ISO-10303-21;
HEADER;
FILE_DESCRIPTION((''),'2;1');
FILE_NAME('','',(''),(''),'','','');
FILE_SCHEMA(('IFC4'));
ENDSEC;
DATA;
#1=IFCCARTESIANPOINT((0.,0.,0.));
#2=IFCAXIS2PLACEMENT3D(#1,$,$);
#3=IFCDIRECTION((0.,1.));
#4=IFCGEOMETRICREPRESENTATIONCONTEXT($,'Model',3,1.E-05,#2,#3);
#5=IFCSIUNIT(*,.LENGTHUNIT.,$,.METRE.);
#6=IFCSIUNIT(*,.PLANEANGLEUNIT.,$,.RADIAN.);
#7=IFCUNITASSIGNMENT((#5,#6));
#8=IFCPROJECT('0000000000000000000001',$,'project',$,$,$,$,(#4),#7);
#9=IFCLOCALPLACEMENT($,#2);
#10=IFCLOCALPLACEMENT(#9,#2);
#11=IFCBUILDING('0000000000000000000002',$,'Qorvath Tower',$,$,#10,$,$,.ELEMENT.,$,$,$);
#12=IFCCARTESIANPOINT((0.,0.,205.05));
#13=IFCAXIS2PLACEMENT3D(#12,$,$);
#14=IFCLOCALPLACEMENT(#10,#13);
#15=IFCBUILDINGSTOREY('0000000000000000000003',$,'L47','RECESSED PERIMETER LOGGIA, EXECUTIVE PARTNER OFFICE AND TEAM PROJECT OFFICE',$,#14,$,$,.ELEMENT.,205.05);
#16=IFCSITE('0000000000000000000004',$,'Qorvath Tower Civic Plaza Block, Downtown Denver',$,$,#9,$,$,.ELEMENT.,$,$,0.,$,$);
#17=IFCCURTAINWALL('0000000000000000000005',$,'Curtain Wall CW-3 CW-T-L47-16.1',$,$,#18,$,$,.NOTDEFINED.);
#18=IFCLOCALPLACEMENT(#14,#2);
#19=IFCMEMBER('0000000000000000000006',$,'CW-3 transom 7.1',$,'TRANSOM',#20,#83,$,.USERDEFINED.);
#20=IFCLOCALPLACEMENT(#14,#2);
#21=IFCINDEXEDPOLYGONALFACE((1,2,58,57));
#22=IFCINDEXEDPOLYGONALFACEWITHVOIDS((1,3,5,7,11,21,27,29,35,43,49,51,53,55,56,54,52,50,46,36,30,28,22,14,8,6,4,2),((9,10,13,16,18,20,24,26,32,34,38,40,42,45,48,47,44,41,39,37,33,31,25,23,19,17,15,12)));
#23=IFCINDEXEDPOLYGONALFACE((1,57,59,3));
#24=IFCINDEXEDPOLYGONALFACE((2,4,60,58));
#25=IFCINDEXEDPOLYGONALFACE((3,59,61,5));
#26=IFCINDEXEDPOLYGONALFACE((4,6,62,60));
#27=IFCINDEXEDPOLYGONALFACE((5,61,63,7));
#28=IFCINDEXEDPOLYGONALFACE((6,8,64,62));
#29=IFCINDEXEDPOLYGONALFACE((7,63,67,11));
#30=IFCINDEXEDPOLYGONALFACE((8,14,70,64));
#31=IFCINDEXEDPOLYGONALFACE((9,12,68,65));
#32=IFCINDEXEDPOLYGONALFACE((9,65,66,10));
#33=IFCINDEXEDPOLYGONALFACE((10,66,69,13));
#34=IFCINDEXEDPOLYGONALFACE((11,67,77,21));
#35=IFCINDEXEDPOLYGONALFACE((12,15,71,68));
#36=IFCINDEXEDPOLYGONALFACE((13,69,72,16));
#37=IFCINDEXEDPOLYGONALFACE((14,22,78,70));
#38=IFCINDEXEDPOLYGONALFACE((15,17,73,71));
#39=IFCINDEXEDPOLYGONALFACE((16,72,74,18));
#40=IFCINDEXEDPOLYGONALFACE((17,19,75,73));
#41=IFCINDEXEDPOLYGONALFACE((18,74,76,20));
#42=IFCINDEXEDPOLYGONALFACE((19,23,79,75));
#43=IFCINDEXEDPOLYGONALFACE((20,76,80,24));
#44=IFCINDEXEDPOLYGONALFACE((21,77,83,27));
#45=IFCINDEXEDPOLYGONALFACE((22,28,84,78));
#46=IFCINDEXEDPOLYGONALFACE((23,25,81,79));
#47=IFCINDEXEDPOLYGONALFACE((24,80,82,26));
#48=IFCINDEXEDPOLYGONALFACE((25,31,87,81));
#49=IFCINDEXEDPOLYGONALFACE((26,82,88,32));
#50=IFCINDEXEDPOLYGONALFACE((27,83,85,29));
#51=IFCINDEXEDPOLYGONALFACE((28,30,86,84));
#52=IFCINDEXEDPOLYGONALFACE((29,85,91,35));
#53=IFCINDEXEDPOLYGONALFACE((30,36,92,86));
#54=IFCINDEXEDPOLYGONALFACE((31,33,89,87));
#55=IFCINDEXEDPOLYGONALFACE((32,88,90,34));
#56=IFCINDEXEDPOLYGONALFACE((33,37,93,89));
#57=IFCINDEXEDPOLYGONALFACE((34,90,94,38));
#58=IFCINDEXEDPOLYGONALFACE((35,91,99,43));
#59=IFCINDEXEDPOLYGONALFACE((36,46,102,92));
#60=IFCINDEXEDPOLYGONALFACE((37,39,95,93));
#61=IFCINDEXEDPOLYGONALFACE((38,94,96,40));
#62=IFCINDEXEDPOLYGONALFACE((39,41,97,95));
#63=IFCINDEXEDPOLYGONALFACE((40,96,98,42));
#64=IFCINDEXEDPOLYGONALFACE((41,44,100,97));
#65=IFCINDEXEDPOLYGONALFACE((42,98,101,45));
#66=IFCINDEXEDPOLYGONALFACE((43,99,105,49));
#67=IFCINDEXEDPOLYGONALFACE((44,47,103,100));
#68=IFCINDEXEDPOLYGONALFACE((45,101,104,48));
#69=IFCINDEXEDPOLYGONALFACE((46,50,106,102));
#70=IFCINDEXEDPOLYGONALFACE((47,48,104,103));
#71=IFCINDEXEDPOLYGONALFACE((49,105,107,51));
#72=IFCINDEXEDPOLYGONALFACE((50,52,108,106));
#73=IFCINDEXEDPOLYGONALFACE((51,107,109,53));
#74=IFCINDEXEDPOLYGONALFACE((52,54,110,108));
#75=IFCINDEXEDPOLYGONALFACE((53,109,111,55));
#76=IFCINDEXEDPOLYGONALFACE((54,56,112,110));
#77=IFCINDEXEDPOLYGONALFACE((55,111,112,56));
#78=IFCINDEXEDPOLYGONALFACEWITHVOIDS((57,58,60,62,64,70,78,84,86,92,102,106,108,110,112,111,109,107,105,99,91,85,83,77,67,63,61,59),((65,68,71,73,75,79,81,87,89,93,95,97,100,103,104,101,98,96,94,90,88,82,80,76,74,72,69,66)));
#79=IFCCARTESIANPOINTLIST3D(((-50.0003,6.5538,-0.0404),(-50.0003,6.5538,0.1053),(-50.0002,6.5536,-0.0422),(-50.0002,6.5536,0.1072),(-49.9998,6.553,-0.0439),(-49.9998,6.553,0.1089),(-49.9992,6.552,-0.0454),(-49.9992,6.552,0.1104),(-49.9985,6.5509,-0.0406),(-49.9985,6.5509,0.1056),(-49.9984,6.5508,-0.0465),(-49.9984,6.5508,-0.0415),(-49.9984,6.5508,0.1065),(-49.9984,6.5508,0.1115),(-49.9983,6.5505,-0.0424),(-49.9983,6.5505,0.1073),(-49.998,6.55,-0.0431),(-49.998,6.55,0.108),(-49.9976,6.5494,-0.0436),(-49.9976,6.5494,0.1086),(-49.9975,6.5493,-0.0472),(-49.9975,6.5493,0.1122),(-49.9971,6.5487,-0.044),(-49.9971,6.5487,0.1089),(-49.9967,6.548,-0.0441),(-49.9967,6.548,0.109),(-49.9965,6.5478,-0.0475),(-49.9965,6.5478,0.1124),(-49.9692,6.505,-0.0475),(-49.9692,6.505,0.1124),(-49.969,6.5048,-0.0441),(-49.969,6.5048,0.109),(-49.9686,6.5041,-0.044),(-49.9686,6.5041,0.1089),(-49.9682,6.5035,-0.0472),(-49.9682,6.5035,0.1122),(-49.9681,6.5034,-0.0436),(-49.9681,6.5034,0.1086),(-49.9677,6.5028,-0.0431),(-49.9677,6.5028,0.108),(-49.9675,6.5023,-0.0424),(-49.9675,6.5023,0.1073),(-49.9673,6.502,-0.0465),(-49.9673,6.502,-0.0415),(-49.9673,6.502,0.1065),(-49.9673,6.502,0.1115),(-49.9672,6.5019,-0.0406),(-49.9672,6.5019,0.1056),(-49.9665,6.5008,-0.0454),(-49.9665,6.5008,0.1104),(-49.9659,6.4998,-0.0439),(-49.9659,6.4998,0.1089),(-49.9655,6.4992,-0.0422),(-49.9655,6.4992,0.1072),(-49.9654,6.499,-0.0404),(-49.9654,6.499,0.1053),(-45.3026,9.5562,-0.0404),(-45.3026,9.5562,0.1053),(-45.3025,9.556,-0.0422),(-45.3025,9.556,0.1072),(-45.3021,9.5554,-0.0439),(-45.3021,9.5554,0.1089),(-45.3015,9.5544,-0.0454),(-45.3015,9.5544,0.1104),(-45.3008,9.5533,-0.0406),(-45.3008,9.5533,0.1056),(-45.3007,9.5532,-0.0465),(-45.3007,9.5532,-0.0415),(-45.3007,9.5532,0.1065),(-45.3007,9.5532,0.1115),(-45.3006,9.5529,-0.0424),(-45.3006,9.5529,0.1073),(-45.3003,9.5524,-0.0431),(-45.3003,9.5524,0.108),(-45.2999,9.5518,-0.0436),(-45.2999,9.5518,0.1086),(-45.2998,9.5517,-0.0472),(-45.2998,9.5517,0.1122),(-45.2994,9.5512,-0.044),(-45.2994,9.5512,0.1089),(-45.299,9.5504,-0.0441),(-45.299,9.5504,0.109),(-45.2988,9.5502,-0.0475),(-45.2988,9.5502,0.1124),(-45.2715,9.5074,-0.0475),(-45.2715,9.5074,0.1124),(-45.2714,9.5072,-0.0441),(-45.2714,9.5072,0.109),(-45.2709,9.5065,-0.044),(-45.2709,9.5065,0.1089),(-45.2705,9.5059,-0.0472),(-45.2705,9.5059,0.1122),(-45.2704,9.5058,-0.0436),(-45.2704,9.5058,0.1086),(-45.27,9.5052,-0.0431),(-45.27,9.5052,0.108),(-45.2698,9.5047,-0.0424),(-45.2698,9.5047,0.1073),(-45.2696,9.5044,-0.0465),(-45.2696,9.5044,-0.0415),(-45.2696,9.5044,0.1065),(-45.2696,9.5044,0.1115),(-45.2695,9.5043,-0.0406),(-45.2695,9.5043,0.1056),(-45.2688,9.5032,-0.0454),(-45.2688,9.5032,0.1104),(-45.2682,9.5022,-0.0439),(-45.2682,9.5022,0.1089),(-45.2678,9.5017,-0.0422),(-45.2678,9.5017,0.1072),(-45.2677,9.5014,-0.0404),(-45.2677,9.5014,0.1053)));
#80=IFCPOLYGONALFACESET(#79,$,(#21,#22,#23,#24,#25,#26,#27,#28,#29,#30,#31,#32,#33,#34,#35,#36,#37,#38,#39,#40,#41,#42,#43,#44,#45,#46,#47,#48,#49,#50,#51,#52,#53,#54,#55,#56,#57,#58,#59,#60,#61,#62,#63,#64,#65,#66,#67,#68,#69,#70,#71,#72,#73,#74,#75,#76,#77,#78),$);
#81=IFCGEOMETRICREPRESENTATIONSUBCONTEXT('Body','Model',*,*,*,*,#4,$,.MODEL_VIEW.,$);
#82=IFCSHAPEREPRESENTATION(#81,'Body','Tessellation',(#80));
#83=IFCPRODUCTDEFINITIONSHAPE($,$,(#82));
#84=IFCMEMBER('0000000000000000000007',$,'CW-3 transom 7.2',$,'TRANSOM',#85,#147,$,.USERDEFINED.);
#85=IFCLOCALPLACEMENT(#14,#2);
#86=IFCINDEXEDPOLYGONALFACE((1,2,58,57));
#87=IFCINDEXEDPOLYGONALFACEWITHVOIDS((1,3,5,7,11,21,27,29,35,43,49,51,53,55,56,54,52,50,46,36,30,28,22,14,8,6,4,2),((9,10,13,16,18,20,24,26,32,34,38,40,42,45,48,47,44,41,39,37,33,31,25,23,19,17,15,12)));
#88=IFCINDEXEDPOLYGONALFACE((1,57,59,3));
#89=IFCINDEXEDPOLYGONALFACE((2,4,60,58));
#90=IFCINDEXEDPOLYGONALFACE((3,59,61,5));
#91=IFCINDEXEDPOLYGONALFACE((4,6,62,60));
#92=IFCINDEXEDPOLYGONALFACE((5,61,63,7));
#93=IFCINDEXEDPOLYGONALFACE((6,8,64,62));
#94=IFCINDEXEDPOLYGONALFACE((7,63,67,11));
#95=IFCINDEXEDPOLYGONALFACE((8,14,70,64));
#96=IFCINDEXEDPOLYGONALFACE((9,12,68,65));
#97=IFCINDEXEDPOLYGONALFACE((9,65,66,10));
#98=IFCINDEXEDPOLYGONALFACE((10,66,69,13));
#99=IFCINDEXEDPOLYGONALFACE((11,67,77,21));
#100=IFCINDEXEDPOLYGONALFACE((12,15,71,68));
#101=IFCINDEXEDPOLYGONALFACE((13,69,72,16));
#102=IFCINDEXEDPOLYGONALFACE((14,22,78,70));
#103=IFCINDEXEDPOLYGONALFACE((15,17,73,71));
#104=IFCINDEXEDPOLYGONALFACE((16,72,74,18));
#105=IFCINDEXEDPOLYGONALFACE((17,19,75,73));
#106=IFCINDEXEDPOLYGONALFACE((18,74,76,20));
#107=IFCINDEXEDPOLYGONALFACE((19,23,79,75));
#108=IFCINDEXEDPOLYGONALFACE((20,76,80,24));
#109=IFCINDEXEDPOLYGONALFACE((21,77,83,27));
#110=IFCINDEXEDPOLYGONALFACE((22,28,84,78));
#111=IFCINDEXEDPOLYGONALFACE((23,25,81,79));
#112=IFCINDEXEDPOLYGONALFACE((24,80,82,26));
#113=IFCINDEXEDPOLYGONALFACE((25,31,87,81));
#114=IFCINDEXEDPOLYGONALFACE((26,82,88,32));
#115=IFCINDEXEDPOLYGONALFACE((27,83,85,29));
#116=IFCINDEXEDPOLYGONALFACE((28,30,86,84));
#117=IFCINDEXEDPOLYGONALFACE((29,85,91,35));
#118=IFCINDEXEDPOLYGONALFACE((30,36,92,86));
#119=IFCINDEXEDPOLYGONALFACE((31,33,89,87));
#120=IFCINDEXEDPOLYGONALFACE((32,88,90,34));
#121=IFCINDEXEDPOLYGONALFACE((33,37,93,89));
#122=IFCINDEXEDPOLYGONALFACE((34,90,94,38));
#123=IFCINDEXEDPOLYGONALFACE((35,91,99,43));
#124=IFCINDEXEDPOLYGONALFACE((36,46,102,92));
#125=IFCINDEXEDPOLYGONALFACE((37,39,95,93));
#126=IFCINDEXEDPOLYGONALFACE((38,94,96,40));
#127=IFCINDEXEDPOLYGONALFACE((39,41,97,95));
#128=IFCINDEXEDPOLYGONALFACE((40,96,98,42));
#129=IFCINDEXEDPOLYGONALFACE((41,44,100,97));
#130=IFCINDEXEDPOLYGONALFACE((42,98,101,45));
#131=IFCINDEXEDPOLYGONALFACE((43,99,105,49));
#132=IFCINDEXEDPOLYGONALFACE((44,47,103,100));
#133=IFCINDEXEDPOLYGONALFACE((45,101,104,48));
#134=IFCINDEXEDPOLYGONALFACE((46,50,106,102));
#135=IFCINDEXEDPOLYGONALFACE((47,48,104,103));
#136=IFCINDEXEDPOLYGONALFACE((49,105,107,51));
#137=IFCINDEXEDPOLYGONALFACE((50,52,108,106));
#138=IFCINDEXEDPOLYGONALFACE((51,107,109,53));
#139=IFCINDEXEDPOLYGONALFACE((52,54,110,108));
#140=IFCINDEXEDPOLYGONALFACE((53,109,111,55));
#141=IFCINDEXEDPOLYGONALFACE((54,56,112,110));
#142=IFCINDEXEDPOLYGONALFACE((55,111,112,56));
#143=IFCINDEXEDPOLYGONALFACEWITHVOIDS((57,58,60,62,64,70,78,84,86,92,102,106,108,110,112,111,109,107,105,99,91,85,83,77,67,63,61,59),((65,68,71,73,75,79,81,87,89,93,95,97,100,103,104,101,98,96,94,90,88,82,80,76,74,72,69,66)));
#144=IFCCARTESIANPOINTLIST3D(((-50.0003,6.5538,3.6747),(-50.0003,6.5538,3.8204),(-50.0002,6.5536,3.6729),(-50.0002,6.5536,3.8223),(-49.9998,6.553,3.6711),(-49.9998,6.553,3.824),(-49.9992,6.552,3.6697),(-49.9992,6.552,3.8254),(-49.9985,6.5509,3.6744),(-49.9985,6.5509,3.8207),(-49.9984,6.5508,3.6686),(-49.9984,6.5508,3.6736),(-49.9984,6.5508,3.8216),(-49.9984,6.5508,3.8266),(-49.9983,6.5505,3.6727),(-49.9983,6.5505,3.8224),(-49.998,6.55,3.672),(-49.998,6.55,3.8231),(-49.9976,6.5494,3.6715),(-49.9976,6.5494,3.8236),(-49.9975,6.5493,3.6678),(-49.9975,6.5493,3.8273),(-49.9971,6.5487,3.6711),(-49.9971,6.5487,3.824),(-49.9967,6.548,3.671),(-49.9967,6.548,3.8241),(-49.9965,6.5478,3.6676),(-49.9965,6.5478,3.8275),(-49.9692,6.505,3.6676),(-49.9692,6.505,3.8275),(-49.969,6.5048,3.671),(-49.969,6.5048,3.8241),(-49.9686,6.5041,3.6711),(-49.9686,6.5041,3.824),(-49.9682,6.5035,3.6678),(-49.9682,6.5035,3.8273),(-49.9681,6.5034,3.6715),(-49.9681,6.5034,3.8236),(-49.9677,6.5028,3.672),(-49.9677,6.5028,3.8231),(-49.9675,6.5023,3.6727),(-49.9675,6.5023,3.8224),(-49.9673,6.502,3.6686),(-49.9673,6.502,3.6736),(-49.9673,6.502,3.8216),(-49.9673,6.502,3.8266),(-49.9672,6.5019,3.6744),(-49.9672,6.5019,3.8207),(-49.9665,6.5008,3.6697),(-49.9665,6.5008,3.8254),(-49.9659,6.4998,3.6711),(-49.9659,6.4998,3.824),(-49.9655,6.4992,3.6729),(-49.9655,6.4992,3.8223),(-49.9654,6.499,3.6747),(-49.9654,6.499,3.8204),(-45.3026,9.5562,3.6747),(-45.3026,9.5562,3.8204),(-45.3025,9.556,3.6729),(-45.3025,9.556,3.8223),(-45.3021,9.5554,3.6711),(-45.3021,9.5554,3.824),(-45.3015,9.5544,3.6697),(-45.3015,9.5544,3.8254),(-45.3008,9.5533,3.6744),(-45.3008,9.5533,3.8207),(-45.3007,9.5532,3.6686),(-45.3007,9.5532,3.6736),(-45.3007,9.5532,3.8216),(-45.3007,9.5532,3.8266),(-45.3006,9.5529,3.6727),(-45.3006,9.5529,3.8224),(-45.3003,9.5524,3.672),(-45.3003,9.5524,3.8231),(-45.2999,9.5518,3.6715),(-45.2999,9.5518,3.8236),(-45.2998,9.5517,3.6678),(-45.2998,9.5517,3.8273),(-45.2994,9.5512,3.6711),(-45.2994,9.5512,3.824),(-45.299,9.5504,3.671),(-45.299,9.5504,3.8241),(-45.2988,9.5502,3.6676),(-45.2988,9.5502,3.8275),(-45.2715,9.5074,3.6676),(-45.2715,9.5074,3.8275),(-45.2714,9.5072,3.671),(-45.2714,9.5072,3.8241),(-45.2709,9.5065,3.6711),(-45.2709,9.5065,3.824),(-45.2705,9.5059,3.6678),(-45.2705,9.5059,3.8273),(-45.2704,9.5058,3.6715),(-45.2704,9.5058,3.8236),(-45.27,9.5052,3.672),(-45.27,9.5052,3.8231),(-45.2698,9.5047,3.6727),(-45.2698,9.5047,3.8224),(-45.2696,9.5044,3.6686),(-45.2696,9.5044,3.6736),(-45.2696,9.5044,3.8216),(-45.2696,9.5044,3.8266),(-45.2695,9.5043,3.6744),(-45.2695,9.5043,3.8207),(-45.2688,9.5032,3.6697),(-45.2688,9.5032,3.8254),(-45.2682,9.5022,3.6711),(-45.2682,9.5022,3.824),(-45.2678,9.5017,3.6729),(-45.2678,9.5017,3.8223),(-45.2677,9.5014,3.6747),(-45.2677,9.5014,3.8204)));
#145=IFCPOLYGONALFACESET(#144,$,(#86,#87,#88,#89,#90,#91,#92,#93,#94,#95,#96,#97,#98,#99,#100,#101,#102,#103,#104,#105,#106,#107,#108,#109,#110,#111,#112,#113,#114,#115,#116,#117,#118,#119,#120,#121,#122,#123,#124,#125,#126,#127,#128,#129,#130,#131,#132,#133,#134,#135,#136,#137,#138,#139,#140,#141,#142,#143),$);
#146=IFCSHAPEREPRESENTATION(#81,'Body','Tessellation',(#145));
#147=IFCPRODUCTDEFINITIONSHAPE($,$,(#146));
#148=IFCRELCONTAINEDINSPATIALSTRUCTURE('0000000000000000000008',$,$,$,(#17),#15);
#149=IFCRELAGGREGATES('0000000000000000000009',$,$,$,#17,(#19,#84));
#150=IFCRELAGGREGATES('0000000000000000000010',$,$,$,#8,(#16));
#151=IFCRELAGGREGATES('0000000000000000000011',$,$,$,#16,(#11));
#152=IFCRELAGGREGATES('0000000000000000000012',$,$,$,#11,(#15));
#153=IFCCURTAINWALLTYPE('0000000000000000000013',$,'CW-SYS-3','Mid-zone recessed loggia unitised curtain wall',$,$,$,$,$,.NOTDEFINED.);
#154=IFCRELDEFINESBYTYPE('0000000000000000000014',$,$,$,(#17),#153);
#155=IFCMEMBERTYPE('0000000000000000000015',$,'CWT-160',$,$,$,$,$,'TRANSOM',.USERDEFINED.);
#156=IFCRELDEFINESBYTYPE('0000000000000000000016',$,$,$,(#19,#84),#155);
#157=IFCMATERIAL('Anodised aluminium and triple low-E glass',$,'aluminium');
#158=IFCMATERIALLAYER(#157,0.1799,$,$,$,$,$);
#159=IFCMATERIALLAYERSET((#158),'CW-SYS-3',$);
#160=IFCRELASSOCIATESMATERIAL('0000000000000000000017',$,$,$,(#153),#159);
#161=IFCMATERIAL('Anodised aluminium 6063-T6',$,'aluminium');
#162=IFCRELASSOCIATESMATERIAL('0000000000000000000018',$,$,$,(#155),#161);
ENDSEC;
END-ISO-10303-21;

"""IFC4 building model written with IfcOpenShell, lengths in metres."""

from ifc_helpers import new_model, si_unit, direction, frame, origin, origin_2d, place, context, subcontext, project, spatial, hollow_rectangle, extrude, material, layer, layer_set, material_profile, profile_set, type_object, element, aggregate, save


model = new_model("IFC4")

# Units and contexts
model_context = context("Model", 3, precision=1e-05, world=origin(), true_north=direction((0.0, 1.0)))
body_context = subcontext(model_context, "Body", "Model", "MODEL_VIEW")
ifc_project = project(units=[si_unit("LENGTHUNIT", "METRE"), si_unit("PLANEANGLEUNIT", "RADIAN")], contexts=[model_context])

# Site, building, storey
site_placement = place(None, origin())
site = spatial("IfcSite", under=ifc_project, at=site_placement, Name="Qorvath Tower Civic Plaza Block, Downtown Denver", CompositionType="ELEMENT", RefElevation=0.0)
building_placement = place(site_placement, origin())
building = spatial("IfcBuilding", under=site, at=building_placement, Name="Qorvath Tower", CompositionType="ELEMENT")
storey_placement = place(building_placement, frame((0.0, 0.0, 205.05)))
storey = spatial("IfcBuildingStorey", under=building, at=storey_placement, Name="L47", Description="RECESSED PERIMETER LOGGIA, EXECUTIVE PARTNER OFFICE AND TEAM PROJECT OFFICE", CompositionType="ELEMENT", Elevation=205.05)

# Curtain wall, members
ifc_material_1 = material(Name="Anodised aluminium and triple low-E glass", Category="aluminium")
ifc_layer_1 = layer(ifc_material_1, 0.1799)
ifc_layer_set_1 = layer_set([ifc_layer_1], Name="CW-SYS-3")
curtain_wall_type = type_object("IfcCurtainWallType", Name="CW-SYS-3", Description="Mid-zone recessed loggia unitised curtain wall", PredefinedType="NOTDEFINED", material=ifc_layer_set_1)
curtain_wall_placement = place(storey_placement, origin())
curtain_wall = element("IfcCurtainWall", 1, at=curtain_wall_placement, inside=storey, type_object=curtain_wall_type, Name="Curtain Wall CW-3 CW-T-L47-16.1", PredefinedType="NOTDEFINED")
ifc_material_2 = material(Name="Anodised aluminium 6063-T6", Category="aluminium")
ifc_material_profile_1 = material_profile(ifc_material_2, hollow_rectangle(XDim=0.0649, YDim=0.1599, WallThickness=0.0034, InnerFilletRadius=0.0034, OuterFilletRadius=0.0071, at=origin_2d()), Name="CWT 160x65")
ifc_profile_set_1 = profile_set([ifc_material_profile_1], Name="Anodised aluminium 6063-T6")
member_type_1 = type_object("IfcMemberType", Name="CWT-160", ElementType="TRANSOM", PredefinedType="USERDEFINED", material=ifc_profile_set_1)
member_1_placement = place(storey_placement, frame((-45.2852, 9.5288, 0.0325), z_axis=(-0.842607, -0.538529, 0.0), x_axis=(0.538529, -0.842607, 0.0)))
member_1 = element("IfcMember", 2, at=member_1_placement, type_object=member_type_1, Name="CW-3 transom 7.1", ObjectType="TRANSOM", PredefinedType="USERDEFINED", context=body_context, shape_type="SweptSolid", body=[
    extrude(hollow_rectangle(XDim=0.0649, YDim=0.1599, WallThickness=0.0034, InnerFilletRadius=0.0034, OuterFilletRadius=0.0071, at=origin_2d()), origin(), (0.0, 0.0, 1.0), 5.5752),
])
member_2_placement = place(storey_placement, frame((-45.2852, 9.5288, 3.7476), z_axis=(-0.842607, -0.538529, 0.0), x_axis=(0.538529, -0.842607, 0.0)))
member_2 = element("IfcMember", 3, at=member_2_placement, type_object=member_type_1, Name="CW-3 transom 7.2", ObjectType="TRANSOM", PredefinedType="USERDEFINED", context=body_context, shape_type="SweptSolid", body=[
    extrude(hollow_rectangle(XDim=0.0649, YDim=0.1599, WallThickness=0.0034, InnerFilletRadius=0.0034, OuterFilletRadius=0.0071, at=origin_2d()), origin(), (0.0, 0.0, 1.0), 5.5752),
])
aggregate(curtain_wall, [member_1, member_2])

save(model, "model.ifc")
